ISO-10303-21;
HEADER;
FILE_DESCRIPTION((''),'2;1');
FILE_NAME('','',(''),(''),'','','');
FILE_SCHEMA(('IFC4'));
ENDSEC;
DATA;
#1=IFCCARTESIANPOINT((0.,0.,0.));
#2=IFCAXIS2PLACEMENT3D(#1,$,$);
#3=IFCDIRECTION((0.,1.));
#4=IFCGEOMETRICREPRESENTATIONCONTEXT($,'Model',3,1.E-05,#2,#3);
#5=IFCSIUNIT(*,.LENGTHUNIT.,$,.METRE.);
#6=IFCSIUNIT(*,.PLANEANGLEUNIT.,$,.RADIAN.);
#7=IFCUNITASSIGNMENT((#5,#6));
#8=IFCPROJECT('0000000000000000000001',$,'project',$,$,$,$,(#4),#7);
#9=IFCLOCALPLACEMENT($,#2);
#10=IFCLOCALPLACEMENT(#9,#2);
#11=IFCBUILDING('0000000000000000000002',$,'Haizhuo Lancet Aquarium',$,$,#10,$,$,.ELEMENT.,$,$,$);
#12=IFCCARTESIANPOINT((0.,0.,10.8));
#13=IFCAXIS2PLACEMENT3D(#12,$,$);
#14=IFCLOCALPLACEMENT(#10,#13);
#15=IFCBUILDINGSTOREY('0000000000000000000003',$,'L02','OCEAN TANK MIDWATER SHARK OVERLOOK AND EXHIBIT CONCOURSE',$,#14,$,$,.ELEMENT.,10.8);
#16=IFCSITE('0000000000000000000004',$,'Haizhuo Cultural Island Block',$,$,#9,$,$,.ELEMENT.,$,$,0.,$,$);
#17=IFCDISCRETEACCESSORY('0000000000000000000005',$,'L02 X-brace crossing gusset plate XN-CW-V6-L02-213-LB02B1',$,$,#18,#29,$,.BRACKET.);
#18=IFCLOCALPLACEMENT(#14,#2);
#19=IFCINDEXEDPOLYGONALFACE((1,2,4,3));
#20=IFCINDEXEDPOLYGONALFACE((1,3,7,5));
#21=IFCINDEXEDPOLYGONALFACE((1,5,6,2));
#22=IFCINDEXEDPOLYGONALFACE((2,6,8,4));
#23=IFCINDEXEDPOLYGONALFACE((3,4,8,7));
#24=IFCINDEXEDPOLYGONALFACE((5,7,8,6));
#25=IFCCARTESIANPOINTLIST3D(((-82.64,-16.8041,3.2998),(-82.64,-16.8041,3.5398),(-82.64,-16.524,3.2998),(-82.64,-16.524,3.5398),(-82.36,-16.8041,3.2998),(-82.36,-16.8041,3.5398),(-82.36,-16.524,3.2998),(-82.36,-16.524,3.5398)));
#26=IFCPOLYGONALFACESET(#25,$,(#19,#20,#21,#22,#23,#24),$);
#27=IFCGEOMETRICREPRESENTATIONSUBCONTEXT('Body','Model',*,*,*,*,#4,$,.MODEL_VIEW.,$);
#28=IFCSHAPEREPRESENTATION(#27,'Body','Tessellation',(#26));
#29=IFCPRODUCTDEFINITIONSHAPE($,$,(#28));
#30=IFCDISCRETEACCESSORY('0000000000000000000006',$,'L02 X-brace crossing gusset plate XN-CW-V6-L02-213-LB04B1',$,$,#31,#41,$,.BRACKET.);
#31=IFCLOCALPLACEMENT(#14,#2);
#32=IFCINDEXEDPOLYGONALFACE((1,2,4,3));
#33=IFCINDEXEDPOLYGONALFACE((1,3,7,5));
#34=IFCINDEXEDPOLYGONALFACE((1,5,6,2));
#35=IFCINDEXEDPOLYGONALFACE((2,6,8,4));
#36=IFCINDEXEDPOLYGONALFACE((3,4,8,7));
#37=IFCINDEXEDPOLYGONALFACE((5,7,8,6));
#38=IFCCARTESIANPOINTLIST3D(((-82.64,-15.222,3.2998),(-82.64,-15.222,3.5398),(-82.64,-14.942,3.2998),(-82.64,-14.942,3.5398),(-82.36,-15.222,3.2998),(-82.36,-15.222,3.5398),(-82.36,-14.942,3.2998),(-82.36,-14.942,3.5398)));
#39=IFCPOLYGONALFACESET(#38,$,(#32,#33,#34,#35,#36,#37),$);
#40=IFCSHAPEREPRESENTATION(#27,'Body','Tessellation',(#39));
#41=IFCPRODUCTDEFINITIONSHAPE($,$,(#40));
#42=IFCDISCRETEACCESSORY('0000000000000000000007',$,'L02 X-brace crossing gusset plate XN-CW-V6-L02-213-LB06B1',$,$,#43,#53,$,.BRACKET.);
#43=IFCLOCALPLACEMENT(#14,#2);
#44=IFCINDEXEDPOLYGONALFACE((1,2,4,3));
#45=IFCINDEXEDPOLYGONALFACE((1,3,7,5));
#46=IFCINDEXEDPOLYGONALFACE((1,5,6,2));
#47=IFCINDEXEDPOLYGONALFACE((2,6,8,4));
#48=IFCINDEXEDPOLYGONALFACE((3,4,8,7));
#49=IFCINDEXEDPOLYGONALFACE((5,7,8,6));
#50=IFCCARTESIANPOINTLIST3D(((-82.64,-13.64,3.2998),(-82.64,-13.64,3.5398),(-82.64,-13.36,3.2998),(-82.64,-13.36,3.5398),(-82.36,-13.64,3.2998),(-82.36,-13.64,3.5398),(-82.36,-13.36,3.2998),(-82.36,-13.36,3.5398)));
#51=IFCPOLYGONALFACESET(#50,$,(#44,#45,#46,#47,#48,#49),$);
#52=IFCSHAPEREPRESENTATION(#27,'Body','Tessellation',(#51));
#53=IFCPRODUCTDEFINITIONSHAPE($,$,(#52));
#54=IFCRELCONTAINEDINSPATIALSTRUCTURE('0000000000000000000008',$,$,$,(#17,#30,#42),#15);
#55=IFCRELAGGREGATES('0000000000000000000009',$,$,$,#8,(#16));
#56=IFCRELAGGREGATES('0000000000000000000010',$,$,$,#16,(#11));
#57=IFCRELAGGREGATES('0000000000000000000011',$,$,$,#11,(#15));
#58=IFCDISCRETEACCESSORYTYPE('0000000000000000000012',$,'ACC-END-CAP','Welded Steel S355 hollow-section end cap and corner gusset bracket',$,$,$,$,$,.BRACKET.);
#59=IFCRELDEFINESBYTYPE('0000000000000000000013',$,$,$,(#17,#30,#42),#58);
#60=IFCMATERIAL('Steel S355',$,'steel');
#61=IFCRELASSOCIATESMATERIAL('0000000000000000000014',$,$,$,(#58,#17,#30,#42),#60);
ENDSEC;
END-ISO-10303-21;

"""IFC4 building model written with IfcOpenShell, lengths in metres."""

from ifc_helpers import new_model, si_unit, direction, frame, origin, origin_2d, place, context, subcontext, project, spatial, rectangle, extrude, material, type_object, element, save


model = new_model("IFC4")

# Units and contexts
model_context = context("Model", 3, precision=1e-05, world=origin(), true_north=direction((0.0, 1.0)))
body_context = subcontext(model_context, "Body", "Model", "MODEL_VIEW")
ifc_project = project(units=[si_unit("LENGTHUNIT", "METRE"), si_unit("PLANEANGLEUNIT", "RADIAN")], contexts=[model_context])

# Site, building, storey
site_placement = place(None, origin())
site = spatial("IfcSite", under=ifc_project, at=site_placement, Name="Haizhuo Cultural Island Block", CompositionType="ELEMENT", RefElevation=0.0)
building_placement = place(site_placement, origin())
building = spatial("IfcBuilding", under=site, at=building_placement, Name="Haizhuo Lancet Aquarium", CompositionType="ELEMENT")
storey_placement = place(building_placement, frame((0.0, 0.0, 10.8)))
storey = spatial("IfcBuildingStorey", under=building, at=storey_placement, Name="L02", Description="OCEAN TANK MIDWATER SHARK OVERLOOK AND EXHIBIT CONCOURSE", CompositionType="ELEMENT", Elevation=10.8)

# Shared definitions
ifc_material_1 = material(Name="Steel S355", Category="steel")

# Discrete accessories
discrete_accessory_type = type_object("IfcDiscreteAccessoryType", Name="ACC-END-CAP", Description="Welded Steel S355 hollow-section end cap and corner gusset bracket", PredefinedType="BRACKET", material=ifc_material_1)
for number, where, z_axis, x_axis, name in (
    (1, (-82.5, -16.6641, 3.2998), (0.0, 0.0, 1.0), (1.0, 0.0, 0.0), "L02 X-brace crossing gusset plate XN-CW-V6-L02-213-LB02B1"),
    (2, (-82.5, -15.082, 3.2998), (0.0, 0.0, 1.0), (1.0, 0.0, 0.0), "L02 X-brace crossing gusset plate XN-CW-V6-L02-213-LB04B1"),
    (3, (-82.5, -13.5, 3.2998), (0.0, 0.0, 1.0), (1.0, 0.0, 0.0), "L02 X-brace crossing gusset plate XN-CW-V6-L02-213-LB06B1"),
):
    element("IfcDiscreteAccessory", number, at=place(storey_placement, frame(where, z_axis=z_axis, x_axis=x_axis)), inside=storey, type_object=discrete_accessory_type, material=ifc_material_1, Name=name, PredefinedType="BRACKET", context=body_context, shape_type="SweptSolid", body=[
        extrude(rectangle(XDim=0.28, YDim=0.28, at=origin_2d()), origin(), (0.0, 0.0, 1.0), 0.24),
    ])

save(model, "model.ifc")
